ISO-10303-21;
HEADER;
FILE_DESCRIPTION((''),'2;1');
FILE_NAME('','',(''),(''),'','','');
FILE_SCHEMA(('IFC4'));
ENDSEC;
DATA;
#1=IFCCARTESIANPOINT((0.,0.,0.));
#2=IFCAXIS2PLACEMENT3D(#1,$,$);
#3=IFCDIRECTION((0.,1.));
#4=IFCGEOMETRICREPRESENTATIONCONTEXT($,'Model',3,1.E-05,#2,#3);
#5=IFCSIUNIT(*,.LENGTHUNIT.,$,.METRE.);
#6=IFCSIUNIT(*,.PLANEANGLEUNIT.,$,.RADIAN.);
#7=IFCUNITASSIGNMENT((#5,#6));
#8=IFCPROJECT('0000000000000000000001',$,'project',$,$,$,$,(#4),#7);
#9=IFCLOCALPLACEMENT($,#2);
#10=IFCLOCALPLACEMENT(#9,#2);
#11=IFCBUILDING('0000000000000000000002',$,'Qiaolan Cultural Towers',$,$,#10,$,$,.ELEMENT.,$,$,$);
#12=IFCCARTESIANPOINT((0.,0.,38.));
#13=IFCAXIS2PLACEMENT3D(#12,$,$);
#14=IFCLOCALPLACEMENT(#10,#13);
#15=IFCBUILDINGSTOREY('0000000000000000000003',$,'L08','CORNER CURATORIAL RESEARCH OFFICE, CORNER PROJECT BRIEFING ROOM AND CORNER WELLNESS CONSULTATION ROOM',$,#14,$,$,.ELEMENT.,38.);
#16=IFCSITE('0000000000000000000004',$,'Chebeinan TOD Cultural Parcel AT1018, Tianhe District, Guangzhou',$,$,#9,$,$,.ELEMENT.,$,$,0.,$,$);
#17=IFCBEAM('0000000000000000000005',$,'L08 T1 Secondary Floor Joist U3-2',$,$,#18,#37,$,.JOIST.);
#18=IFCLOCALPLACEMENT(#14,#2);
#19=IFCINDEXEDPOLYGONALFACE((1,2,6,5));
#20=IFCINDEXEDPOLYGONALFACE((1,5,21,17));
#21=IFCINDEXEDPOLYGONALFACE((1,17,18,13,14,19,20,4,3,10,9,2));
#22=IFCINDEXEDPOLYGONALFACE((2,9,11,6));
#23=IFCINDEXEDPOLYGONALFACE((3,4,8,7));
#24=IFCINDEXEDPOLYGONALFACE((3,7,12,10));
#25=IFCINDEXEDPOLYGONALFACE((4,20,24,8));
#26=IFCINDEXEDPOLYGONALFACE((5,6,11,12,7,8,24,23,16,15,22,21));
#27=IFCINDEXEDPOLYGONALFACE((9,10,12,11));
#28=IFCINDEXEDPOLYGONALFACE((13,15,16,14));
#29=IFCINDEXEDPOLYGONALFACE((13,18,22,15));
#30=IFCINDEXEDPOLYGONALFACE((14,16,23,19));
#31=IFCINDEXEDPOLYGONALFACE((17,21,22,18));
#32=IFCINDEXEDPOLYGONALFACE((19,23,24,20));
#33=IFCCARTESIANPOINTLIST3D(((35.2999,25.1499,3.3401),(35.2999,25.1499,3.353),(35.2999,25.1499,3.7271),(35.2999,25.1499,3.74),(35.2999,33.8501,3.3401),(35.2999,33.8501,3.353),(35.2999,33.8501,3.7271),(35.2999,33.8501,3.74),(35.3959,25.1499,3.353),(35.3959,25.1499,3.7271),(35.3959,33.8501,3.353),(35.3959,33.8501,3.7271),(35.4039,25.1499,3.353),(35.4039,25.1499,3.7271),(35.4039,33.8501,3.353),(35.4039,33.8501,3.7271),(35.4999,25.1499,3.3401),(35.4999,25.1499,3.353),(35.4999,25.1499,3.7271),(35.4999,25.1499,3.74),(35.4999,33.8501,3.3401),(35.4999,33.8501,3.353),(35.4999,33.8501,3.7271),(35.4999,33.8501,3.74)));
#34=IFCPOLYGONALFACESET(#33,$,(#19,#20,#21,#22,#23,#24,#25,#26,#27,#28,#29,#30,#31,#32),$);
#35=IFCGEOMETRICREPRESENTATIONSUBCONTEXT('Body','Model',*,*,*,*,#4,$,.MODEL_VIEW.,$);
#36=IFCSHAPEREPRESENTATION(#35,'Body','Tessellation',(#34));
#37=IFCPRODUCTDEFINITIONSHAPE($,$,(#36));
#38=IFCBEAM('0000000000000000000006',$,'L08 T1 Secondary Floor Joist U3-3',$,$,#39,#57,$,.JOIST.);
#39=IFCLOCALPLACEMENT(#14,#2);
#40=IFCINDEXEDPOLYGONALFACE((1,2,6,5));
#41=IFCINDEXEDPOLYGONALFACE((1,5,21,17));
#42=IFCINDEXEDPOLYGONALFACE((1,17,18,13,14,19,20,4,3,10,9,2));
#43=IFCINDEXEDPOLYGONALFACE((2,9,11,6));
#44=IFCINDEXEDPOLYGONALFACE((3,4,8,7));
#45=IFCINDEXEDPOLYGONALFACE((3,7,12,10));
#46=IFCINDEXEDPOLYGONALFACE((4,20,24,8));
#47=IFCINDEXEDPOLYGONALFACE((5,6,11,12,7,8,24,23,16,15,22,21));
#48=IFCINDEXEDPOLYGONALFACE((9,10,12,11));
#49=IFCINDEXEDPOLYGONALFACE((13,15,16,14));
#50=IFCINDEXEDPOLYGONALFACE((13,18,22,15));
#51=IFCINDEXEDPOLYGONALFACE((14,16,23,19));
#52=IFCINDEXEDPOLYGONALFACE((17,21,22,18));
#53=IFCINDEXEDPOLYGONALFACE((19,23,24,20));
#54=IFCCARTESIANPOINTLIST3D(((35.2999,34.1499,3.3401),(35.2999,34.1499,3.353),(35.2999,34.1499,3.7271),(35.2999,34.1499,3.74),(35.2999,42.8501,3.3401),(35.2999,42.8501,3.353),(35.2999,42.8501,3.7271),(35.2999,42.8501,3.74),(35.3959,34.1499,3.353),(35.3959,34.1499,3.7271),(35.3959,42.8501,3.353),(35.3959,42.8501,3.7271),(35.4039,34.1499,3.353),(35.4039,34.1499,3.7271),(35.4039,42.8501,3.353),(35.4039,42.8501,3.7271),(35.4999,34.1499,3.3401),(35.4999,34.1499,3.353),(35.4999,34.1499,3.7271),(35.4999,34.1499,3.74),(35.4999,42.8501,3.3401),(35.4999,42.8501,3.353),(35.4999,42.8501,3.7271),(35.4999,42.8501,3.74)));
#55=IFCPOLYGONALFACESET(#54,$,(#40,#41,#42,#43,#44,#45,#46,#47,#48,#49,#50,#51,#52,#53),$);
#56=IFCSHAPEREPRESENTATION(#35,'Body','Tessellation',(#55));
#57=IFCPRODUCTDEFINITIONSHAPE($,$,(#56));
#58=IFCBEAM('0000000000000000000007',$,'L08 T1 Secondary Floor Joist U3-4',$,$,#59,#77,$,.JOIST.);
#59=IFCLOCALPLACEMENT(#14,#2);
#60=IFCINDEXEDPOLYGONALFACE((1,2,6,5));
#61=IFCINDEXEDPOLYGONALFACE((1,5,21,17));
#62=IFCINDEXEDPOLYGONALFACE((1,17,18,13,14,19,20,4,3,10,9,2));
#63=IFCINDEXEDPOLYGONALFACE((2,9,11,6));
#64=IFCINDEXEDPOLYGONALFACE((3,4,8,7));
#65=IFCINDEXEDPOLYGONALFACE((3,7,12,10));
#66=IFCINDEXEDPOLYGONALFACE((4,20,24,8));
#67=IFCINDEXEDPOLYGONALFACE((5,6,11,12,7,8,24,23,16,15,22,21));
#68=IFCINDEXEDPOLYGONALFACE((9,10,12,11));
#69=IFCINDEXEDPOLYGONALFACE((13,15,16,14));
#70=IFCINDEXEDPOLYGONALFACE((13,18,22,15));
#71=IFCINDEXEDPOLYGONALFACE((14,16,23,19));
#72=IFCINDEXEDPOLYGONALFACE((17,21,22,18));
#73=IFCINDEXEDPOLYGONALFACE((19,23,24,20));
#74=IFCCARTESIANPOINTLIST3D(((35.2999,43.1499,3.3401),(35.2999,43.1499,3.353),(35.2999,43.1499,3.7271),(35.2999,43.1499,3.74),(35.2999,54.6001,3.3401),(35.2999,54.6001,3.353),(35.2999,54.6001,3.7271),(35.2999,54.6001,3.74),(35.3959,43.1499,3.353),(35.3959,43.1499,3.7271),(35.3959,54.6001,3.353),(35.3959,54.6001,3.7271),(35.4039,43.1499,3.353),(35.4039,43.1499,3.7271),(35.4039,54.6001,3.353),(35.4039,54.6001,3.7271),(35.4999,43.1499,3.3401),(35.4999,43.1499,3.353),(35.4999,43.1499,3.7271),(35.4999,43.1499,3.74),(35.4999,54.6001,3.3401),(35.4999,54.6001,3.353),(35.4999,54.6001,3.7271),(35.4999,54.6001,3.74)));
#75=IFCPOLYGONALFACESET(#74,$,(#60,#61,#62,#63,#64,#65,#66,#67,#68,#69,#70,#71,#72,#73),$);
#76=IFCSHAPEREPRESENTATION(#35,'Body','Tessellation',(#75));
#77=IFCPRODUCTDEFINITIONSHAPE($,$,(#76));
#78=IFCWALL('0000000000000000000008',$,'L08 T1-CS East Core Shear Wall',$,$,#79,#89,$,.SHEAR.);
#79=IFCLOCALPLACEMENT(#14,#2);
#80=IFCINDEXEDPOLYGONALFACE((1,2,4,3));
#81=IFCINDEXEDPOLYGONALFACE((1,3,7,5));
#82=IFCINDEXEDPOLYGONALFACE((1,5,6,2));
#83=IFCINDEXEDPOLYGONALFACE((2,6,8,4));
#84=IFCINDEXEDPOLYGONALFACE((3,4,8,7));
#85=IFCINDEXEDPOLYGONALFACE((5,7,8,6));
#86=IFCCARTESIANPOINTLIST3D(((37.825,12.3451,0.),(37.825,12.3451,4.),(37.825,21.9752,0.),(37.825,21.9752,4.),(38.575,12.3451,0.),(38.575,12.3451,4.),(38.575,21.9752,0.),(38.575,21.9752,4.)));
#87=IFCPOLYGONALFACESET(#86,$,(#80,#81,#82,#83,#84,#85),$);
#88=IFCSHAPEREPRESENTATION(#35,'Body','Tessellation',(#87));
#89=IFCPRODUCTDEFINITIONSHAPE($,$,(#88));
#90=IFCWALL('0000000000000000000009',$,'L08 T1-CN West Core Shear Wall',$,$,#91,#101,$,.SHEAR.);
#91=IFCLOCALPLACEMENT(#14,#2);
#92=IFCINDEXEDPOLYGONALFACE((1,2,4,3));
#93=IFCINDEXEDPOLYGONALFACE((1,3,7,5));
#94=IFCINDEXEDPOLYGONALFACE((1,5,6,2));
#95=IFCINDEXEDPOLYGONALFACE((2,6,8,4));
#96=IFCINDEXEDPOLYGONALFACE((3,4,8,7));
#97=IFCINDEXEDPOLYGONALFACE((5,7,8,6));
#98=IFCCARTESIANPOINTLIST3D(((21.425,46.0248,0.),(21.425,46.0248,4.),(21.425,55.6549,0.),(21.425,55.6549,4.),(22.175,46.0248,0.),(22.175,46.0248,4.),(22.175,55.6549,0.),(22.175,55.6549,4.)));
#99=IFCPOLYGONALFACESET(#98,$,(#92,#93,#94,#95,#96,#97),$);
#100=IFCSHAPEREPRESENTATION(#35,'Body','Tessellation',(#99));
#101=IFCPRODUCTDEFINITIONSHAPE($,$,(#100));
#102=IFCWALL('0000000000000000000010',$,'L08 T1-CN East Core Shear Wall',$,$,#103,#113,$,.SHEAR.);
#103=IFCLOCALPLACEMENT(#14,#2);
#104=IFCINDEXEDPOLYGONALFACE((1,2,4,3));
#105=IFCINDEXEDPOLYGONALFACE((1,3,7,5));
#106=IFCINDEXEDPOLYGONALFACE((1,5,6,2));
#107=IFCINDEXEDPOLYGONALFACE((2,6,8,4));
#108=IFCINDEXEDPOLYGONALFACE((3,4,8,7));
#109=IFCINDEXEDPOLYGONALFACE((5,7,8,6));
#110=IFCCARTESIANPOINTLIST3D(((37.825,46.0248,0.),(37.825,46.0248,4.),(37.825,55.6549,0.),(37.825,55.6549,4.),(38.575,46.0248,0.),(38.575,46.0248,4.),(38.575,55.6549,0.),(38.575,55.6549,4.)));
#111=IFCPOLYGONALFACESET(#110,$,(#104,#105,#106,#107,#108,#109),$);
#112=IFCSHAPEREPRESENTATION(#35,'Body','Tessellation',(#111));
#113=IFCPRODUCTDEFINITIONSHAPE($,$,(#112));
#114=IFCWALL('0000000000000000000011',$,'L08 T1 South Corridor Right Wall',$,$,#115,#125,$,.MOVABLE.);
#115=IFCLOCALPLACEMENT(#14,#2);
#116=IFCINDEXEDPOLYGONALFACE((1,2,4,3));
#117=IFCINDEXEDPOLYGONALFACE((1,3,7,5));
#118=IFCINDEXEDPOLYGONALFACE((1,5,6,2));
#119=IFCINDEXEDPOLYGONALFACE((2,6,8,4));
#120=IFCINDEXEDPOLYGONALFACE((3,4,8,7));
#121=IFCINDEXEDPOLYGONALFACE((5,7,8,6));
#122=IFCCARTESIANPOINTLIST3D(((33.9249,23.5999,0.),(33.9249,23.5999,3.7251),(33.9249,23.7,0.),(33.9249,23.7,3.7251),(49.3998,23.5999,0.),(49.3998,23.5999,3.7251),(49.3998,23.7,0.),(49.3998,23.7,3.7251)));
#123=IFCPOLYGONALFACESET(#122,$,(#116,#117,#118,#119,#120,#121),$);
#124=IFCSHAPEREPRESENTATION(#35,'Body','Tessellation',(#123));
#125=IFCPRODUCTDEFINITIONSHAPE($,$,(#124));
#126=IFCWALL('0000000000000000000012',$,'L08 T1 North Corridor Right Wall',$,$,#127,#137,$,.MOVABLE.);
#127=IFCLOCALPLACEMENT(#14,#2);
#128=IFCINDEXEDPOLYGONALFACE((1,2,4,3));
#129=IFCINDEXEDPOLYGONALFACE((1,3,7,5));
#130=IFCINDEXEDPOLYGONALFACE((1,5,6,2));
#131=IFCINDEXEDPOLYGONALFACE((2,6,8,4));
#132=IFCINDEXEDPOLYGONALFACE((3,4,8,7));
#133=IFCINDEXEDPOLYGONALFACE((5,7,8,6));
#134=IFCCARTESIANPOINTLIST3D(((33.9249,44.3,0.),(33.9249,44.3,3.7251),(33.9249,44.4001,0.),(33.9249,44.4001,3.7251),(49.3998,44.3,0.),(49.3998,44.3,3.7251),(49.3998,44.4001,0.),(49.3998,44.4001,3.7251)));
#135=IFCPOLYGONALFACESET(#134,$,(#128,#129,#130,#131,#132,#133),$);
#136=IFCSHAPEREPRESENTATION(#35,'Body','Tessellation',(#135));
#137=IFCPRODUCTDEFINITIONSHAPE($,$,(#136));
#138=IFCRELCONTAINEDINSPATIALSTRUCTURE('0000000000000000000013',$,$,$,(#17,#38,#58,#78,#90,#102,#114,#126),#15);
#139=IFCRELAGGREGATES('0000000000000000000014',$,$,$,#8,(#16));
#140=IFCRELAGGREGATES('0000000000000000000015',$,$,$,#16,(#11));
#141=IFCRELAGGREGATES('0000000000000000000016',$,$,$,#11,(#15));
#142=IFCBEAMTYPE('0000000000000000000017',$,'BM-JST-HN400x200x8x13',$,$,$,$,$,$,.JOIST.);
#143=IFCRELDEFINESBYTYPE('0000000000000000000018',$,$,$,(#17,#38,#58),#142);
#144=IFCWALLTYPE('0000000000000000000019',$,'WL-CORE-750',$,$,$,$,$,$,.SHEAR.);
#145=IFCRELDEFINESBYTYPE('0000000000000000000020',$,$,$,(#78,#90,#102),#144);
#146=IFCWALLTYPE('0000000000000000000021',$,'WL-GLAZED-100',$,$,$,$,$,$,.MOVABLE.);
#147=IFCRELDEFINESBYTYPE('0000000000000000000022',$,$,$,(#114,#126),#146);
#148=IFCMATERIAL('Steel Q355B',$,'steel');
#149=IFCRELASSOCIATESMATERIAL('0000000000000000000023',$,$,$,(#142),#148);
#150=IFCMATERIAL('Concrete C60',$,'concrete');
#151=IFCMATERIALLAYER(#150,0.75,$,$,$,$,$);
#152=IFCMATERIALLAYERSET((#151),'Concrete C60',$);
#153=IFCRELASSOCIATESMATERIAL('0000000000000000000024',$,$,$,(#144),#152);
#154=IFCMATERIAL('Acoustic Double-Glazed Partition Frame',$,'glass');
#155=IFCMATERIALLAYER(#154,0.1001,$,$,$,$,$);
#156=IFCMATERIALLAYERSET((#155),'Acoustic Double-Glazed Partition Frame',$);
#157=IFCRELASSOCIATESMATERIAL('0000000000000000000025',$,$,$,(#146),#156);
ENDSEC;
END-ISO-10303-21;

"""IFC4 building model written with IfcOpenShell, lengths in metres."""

from ifc_helpers import new_model, si_unit, direction, frame, frame_2d, origin, origin_2d, place, context, subcontext, project, spatial, rectangle, i_section, extrude, material, layer, layer_set, material_profile, profile_set, type_object, element, save


model = new_model("IFC4")

# Units and contexts
model_context = context("Model", 3, precision=1e-05, world=origin(), true_north=direction((0.0, 1.0)))
body_context = subcontext(model_context, "Body", "Model", "MODEL_VIEW")
ifc_project = project(units=[si_unit("LENGTHUNIT", "METRE"), si_unit("PLANEANGLEUNIT", "RADIAN")], contexts=[model_context])

# Site, building, storey
site_placement = place(None, origin())
site = spatial("IfcSite", under=ifc_project, at=site_placement, Name="Chebeinan TOD Cultural Parcel AT1018, Tianhe District, Guangzhou", CompositionType="ELEMENT", RefElevation=0.0)
building_placement = place(site_placement, origin())
building = spatial("IfcBuilding", under=site, at=building_placement, Name="Qiaolan Cultural Towers", CompositionType="ELEMENT")
storey_placement = place(building_placement, frame((0.0, 0.0, 38.0)))
storey = spatial("IfcBuildingStorey", under=building, at=storey_placement, Name="L08", Description="CORNER CURATORIAL RESEARCH OFFICE, CORNER PROJECT BRIEFING ROOM AND CORNER WELLNESS CONSULTATION ROOM", CompositionType="ELEMENT", Elevation=38.0)

# Beams
ifc_material_1 = material(Name="Steel Q355B", Category="steel")
ifc_material_profile_1 = material_profile(ifc_material_1, i_section(OverallWidth=0.2, OverallDepth=0.3999, WebThickness=0.0081, FlangeThickness=0.0129, at=origin_2d()), Name="HN400x200x8x13")
ifc_profile_set_1 = profile_set([ifc_material_profile_1], Name="Steel Q355B")
beam_type_1 = type_object("IfcBeamType", Name="BM-JST-HN400x200x8x13", PredefinedType="JOIST", material=ifc_profile_set_1)
for number, where, z_axis, x_axis, name in (
    (1, (35.3999, 25.1499, 3.54), (0.0, 1.0, 0.0), (-1.0, 0.0, 0.0), "L08 T1 Secondary Floor Joist U3-2"),
    (2, (35.3999, 34.1499, 3.54), (0.0, 1.0, 0.0), (-1.0, 0.0, 0.0), "L08 T1 Secondary Floor Joist U3-3"),
):
    element("IfcBeam", number, at=place(storey_placement, frame(where, z_axis=z_axis, x_axis=x_axis)), inside=storey, type_object=beam_type_1, Name=name, PredefinedType="JOIST", context=body_context, shape_type="SweptSolid", body=[
        extrude(i_section(OverallWidth=0.2, OverallDepth=0.3999, WebThickness=0.0081, FlangeThickness=0.0129, at=origin_2d()), origin(), (0.0, 0.0, 1.0), 8.7002),
    ])
beam_1_placement = place(storey_placement, frame((35.3999, 43.1499, 3.54), z_axis=(0.0, 1.0, 0.0), x_axis=(-1.0, 0.0, 0.0)))
element("IfcBeam", 3, at=beam_1_placement, inside=storey, type_object=beam_type_1, Name="L08 T1 Secondary Floor Joist U3-4", PredefinedType="JOIST", context=body_context, shape_type="SweptSolid", body=[
    extrude(i_section(OverallWidth=0.2, OverallDepth=0.3999, WebThickness=0.0081, FlangeThickness=0.0129, at=origin_2d()), origin(), (0.0, 0.0, 1.0), 11.4502),
])

# Walls
ifc_material_2 = material(Name="Concrete C60", Category="concrete")
ifc_layer_1 = layer(ifc_material_2, 0.75)
ifc_layer_set_1 = layer_set([ifc_layer_1], Name="Concrete C60")
wall_type_1 = type_object("IfcWallType", Name="WL-CORE-750", PredefinedType="SHEAR", material=ifc_layer_set_1)
for number, where, z_axis, x_axis, name in (
    (4, (38.2, 21.9751, 0.0), (0.0, 0.0, 1.0), (0.0, -1.0, 0.0), "L08 T1-CS East Core Shear Wall"),
    (5, (21.8, 46.0249, 0.0), (0.0, 0.0, 1.0), (0.0, 1.0, 0.0), "L08 T1-CN West Core Shear Wall"),
    (6, (38.2, 46.0249, 0.0), (0.0, 0.0, 1.0), (0.0, 1.0, 0.0), "L08 T1-CN East Core Shear Wall"),
):
    element("IfcWall", number, at=place(storey_placement, frame(where, z_axis=z_axis, x_axis=x_axis)), inside=storey, type_object=wall_type_1, Name=name, PredefinedType="SHEAR", context=body_context, shape_type="SweptSolid", body=[
        extrude(rectangle(XDim=9.6301, YDim=0.75, at=frame_2d((4.8149, 0.0))), origin(), (0.0, 0.0, 1.0), 4.0),
    ])
ifc_material_3 = material(Name="Acoustic Double-Glazed Partition Frame", Category="glass")
ifc_layer_2 = layer(ifc_material_3, 0.1001)
ifc_layer_set_2 = layer_set([ifc_layer_2], Name="Acoustic Double-Glazed Partition Frame")
wall_type_2 = type_object("IfcWallType", Name="WL-GLAZED-100", PredefinedType="MOVABLE", material=ifc_layer_set_2)
for number, where, z_axis, x_axis, name in (
    (7, (33.925, 23.6499, 0.0), (0.0, 0.0, 1.0), (1.0, 0.0, 0.0), "L08 T1 South Corridor Right Wall"),
    (8, (33.925, 44.3501, 0.0), (0.0, 0.0, 1.0), (1.0, 0.0, 0.0), "L08 T1 North Corridor Right Wall"),
):
    element("IfcWall", number, at=place(storey_placement, frame(where, z_axis=z_axis, x_axis=x_axis)), inside=storey, type_object=wall_type_2, Name=name, PredefinedType="MOVABLE", context=body_context, shape_type="SweptSolid", body=[
        extrude(rectangle(XDim=15.4749, YDim=0.1001, at=frame_2d((7.7373, 0.0))), origin(), (0.0, 0.0, 1.0), 3.7251),
    ])

save(model, "model.ifc")
